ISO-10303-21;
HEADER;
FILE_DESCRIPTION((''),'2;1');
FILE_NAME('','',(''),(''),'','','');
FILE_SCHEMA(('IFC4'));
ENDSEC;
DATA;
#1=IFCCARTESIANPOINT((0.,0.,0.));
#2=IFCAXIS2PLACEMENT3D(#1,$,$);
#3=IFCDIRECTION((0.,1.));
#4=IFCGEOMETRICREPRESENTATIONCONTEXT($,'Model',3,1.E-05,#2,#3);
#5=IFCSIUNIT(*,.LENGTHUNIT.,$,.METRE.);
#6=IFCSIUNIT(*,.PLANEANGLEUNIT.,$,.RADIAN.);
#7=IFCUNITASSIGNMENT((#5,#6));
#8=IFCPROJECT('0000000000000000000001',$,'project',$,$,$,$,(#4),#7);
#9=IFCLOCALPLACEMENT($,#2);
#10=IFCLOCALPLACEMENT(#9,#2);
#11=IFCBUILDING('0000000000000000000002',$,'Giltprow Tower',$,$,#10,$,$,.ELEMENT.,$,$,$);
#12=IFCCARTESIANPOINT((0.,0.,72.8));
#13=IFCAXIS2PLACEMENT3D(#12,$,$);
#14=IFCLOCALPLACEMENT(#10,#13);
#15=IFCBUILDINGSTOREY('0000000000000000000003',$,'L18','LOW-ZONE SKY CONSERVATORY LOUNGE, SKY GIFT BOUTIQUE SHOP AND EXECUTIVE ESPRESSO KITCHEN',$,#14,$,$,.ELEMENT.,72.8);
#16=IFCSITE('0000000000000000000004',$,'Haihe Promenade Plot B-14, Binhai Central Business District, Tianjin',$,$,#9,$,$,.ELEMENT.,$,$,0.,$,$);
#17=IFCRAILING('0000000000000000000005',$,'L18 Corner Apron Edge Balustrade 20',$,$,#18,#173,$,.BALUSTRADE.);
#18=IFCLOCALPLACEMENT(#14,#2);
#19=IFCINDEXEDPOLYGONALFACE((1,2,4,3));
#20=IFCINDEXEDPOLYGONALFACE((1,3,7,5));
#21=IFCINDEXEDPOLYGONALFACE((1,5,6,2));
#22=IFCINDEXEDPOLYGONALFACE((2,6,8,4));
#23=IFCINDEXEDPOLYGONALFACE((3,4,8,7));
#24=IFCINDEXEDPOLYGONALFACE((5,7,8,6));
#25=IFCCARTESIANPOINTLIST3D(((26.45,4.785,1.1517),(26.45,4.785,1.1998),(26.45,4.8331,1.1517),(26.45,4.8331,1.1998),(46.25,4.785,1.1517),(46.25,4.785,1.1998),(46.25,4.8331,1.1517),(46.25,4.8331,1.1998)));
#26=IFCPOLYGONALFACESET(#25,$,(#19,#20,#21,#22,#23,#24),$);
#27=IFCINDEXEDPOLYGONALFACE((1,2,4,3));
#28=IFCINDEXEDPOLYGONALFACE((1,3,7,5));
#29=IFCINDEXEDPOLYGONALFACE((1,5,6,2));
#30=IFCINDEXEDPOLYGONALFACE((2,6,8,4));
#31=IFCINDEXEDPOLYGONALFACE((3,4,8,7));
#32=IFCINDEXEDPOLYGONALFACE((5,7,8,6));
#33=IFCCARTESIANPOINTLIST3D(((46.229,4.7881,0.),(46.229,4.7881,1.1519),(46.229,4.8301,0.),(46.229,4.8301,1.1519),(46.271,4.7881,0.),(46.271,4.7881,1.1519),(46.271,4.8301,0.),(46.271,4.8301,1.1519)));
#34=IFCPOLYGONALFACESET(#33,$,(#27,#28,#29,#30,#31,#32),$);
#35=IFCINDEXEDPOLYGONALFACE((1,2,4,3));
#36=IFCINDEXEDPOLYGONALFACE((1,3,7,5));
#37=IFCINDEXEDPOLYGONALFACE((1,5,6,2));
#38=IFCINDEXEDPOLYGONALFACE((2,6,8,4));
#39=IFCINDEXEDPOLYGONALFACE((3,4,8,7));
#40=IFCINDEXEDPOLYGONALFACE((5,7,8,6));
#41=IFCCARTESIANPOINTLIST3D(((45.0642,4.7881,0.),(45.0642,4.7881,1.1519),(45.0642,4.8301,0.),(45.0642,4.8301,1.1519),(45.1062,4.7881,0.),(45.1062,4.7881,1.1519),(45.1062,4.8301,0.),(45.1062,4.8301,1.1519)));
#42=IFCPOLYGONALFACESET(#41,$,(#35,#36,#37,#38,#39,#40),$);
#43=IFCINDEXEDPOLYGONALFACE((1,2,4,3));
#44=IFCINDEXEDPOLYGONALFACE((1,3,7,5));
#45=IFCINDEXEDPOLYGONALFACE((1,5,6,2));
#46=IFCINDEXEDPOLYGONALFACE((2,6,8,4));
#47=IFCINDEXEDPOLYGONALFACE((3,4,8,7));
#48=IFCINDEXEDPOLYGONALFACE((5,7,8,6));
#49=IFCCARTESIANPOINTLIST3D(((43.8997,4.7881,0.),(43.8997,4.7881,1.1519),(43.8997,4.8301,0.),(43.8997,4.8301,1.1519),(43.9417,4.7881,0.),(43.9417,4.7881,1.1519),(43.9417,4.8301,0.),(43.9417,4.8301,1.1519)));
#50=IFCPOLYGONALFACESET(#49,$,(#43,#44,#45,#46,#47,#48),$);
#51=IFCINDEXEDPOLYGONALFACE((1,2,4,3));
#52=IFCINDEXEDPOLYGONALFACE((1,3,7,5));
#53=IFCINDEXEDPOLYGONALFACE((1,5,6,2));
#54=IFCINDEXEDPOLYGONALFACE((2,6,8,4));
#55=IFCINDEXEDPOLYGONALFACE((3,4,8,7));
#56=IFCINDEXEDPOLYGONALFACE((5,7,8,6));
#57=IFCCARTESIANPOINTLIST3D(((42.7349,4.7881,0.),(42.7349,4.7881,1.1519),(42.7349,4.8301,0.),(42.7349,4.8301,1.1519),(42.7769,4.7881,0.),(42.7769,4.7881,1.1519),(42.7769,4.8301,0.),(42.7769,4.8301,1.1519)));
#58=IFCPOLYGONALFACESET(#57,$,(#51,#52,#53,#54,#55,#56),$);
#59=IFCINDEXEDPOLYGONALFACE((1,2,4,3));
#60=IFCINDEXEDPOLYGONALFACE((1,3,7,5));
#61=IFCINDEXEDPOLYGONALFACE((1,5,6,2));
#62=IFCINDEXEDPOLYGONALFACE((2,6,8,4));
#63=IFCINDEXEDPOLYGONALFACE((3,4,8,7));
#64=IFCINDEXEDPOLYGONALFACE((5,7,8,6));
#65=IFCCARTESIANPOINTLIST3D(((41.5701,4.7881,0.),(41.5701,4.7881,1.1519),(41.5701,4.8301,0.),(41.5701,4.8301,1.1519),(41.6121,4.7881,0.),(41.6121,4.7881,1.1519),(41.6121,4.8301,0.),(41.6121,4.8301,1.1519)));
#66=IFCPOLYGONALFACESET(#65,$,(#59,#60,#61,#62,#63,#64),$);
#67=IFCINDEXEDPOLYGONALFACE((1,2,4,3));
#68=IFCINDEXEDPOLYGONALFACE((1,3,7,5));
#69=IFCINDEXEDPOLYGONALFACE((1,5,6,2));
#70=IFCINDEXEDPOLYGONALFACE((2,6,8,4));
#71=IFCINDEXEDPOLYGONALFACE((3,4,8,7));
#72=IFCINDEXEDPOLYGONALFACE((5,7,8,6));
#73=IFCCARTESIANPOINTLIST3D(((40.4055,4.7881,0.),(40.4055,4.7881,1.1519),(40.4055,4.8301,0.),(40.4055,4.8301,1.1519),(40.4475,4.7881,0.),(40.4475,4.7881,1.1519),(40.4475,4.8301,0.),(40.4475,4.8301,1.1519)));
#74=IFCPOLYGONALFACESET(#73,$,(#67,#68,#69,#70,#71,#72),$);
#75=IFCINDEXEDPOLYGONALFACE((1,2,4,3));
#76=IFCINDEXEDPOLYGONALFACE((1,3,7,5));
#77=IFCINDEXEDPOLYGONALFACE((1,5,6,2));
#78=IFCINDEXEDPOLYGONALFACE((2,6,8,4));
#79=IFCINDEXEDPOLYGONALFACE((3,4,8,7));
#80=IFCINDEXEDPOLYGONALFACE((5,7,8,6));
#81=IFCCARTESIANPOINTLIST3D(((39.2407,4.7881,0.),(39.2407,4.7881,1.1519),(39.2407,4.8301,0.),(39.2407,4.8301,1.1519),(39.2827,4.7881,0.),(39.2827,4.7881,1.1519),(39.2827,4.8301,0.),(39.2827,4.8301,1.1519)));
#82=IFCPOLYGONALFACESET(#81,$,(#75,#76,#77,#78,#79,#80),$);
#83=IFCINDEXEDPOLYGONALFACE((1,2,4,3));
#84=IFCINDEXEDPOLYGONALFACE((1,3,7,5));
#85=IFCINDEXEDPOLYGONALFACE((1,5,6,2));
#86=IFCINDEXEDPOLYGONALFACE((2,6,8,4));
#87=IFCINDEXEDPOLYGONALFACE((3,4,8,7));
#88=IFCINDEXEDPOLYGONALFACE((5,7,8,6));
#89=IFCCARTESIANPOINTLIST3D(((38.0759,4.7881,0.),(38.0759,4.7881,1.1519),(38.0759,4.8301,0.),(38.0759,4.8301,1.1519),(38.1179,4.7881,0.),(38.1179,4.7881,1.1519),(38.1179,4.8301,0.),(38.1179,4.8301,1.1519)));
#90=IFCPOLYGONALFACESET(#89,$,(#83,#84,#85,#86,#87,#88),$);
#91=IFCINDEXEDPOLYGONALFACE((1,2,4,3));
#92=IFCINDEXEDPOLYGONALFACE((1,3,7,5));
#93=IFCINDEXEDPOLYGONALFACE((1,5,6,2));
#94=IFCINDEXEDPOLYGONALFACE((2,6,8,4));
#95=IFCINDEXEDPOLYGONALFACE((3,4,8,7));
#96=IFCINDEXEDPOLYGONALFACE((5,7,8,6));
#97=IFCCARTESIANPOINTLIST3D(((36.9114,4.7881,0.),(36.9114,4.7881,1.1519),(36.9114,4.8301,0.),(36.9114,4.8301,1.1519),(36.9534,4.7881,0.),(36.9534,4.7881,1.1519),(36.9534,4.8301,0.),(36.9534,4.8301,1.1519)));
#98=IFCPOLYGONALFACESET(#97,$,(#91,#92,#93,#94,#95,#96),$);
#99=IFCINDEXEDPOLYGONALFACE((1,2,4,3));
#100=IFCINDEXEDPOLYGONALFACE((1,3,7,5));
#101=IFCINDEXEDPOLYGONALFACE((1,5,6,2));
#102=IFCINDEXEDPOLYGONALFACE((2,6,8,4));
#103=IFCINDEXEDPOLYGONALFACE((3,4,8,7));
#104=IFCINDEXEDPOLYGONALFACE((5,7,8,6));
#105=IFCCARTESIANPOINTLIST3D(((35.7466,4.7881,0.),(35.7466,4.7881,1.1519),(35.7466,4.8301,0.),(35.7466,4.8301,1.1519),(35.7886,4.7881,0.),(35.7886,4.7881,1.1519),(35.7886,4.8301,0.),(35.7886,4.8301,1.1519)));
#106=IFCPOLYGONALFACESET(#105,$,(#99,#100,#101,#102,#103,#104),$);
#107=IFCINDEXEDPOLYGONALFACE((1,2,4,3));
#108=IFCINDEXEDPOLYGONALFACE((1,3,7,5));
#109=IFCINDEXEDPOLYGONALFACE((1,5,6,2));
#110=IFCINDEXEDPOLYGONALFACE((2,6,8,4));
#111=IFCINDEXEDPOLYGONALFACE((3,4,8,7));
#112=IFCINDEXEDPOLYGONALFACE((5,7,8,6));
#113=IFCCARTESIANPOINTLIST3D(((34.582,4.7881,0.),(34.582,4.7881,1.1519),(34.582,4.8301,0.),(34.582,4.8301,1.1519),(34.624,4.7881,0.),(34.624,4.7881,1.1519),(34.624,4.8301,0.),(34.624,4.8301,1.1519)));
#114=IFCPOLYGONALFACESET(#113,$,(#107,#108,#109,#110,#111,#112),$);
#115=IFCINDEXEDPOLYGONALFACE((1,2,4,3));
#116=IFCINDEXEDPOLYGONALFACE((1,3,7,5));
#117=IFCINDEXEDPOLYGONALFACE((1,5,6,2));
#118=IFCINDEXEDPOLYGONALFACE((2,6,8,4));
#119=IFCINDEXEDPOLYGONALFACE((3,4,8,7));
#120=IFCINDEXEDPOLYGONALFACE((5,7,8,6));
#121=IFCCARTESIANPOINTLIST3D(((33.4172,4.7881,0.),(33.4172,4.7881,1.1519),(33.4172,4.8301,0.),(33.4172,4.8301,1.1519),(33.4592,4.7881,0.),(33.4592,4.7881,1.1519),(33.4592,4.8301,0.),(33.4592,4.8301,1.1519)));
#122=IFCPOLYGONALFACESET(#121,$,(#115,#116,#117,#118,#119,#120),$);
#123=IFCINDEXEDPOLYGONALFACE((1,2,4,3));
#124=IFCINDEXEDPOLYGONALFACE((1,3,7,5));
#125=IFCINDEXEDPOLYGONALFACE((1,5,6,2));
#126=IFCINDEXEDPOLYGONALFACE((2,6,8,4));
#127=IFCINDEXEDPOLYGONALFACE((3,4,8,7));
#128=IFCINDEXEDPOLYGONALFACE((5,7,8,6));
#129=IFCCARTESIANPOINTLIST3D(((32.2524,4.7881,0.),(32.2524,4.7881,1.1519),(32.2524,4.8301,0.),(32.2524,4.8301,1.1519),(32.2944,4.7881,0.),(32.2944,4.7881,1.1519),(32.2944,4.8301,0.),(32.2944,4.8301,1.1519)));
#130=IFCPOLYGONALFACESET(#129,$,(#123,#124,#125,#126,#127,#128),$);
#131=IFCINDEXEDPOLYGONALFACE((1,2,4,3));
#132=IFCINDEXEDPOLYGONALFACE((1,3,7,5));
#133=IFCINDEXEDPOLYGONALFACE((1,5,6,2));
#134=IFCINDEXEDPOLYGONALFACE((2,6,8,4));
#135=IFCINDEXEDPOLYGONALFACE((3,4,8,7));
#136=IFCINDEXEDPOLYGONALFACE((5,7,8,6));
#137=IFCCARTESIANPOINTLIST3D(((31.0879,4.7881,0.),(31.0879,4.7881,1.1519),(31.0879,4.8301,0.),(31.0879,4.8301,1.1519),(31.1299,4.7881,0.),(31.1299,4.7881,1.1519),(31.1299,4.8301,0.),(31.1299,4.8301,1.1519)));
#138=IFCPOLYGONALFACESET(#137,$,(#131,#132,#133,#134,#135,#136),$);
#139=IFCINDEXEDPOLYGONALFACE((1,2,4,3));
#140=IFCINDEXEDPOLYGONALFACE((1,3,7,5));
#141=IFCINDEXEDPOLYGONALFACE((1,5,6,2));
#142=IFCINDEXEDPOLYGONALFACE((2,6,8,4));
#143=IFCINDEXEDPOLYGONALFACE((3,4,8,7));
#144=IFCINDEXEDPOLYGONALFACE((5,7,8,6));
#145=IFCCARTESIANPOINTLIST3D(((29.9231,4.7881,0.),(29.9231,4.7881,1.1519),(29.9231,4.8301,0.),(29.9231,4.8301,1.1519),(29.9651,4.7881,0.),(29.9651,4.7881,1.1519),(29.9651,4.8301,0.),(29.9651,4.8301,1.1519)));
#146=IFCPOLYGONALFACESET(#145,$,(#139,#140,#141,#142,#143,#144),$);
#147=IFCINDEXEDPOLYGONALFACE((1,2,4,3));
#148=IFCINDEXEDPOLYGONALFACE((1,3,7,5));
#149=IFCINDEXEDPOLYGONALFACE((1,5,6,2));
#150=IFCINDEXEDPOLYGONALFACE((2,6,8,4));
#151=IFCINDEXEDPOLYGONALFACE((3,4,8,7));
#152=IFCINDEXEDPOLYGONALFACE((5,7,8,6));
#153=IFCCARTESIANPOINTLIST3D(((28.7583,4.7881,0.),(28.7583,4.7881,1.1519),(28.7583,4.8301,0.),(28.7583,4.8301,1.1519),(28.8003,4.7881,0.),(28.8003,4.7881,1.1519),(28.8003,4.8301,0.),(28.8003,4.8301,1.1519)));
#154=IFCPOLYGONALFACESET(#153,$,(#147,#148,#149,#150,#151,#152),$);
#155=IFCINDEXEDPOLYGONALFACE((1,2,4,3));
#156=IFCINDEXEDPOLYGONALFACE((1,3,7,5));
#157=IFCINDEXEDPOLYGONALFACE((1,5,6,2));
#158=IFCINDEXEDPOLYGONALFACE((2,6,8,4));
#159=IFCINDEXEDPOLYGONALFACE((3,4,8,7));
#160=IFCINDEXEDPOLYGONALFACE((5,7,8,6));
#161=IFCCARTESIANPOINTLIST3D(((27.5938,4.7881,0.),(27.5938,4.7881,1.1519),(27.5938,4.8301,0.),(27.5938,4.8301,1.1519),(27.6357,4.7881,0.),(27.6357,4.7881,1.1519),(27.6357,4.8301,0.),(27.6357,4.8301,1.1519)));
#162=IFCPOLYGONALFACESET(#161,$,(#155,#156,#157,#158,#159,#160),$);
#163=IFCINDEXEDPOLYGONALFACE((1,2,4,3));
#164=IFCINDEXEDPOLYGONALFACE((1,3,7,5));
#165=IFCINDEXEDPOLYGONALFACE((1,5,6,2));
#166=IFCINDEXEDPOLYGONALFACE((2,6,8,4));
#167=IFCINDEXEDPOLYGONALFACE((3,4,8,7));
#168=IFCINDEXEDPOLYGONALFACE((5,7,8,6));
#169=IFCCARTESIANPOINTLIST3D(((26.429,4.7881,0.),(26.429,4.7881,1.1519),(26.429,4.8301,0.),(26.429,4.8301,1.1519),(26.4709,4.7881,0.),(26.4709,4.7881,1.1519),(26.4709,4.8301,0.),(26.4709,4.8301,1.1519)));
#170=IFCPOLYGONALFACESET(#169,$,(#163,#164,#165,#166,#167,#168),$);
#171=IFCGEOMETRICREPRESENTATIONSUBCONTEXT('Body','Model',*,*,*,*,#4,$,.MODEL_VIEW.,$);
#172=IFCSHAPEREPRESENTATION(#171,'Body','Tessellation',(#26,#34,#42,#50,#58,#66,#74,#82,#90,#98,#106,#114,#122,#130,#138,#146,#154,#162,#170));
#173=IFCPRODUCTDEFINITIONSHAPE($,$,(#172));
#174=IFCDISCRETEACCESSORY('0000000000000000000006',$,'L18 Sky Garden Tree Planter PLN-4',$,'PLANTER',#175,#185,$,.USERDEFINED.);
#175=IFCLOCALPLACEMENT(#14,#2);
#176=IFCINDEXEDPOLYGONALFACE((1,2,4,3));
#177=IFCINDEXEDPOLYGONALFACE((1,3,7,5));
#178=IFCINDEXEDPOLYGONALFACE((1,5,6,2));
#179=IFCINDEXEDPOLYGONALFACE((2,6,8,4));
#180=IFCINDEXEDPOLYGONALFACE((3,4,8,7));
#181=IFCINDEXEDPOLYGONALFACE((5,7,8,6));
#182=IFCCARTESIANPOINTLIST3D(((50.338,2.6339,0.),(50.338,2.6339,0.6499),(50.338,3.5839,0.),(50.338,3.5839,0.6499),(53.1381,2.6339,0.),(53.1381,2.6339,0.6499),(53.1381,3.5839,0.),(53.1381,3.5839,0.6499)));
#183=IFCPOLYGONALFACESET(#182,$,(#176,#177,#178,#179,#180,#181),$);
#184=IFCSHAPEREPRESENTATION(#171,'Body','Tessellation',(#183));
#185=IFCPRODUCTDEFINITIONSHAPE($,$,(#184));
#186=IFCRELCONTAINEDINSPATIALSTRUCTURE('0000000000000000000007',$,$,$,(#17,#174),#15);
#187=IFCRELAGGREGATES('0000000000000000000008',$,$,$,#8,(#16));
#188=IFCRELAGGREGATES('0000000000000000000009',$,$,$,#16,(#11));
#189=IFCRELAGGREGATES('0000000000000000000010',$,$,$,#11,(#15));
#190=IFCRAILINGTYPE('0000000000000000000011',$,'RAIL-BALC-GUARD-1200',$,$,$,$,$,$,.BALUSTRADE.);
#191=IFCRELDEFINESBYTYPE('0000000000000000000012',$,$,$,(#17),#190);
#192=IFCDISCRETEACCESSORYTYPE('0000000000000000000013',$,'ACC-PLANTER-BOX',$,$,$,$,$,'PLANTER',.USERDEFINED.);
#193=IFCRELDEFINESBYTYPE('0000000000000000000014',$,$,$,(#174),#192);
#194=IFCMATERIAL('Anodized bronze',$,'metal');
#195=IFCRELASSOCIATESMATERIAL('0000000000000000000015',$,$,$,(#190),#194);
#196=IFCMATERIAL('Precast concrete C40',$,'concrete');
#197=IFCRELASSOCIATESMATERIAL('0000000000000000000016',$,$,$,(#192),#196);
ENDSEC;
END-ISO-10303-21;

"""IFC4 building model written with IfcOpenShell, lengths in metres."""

from ifc_helpers import new_model, si_unit, direction, frame, origin, origin_2d, place, context, subcontext, project, spatial, rectangle, extrude, source, transform, mapped, material, type_object, element, save


model = new_model("IFC4")

# Units and contexts
model_context = context("Model", 3, precision=1e-05, world=origin(), true_north=direction((0.0, 1.0)))
body_context = subcontext(model_context, "Body", "Model", "MODEL_VIEW")
ifc_project = project(units=[si_unit("LENGTHUNIT", "METRE"), si_unit("PLANEANGLEUNIT", "RADIAN")], contexts=[model_context])

# Site, building, storey
site_placement = place(None, origin())
site = spatial("IfcSite", under=ifc_project, at=site_placement, Name="Haihe Promenade Plot B-14, Binhai Central Business District, Tianjin", CompositionType="ELEMENT", RefElevation=0.0)
building_placement = place(site_placement, origin())
building = spatial("IfcBuilding", under=site, at=building_placement, Name="Giltprow Tower", CompositionType="ELEMENT")
storey_placement = place(building_placement, frame((0.0, 0.0, 72.8)))
storey = spatial("IfcBuildingStorey", under=building, at=storey_placement, Name="L18", Description="LOW-ZONE SKY CONSERVATORY LOUNGE, SKY GIFT BOUTIQUE SHOP AND EXECUTIVE ESPRESSO KITCHEN", CompositionType="ELEMENT", Elevation=72.8)

# Shared definitions
ifc_material_1 = material(Name="Anodized bronze", Category="metal")

# Railing
railing_type = type_object("IfcRailingType", Name="RAIL-BALC-GUARD-1200", PredefinedType="BALUSTRADE", material=ifc_material_1)
railing_placement = place(storey_placement, frame((46.25, 4.8091, 0.0)))
element("IfcRailing", 1, at=railing_placement, inside=storey, type_object=railing_type, Name="L18 Corner Apron Edge Balustrade 20", PredefinedType="BALUSTRADE", context=body_context, shape_type="SweptSolid", body=[
    extrude(rectangle(XDim=0.0481, YDim=0.0481, at=origin_2d()), frame((0.0, 0.0, 1.1758), z_axis=(-1.0, 0.0, 0.0), x_axis=(0.0, -1.0, 0.0)), (0.0, 0.0, 1.0), 19.8),
    extrude(rectangle(XDim=0.042, YDim=0.042, at=origin_2d()), origin(), (0.0, 0.0, 1.0), 1.1519),
    extrude(rectangle(XDim=0.042, YDim=0.042, at=origin_2d()), frame((-1.1648, 0.0, 0.0)), (0.0, 0.0, 1.0), 1.1519),
    extrude(rectangle(XDim=0.042, YDim=0.042, at=origin_2d()), frame((-2.3293, 0.0, 0.0)), (0.0, 0.0, 1.0), 1.1519),
    extrude(rectangle(XDim=0.042, YDim=0.042, at=origin_2d()), frame((-3.4941, 0.0, 0.0)), (0.0, 0.0, 1.0), 1.1519),
    extrude(rectangle(XDim=0.042, YDim=0.042, at=origin_2d()), frame((-4.6589, 0.0, 0.0)), (0.0, 0.0, 1.0), 1.1519),
    extrude(rectangle(XDim=0.042, YDim=0.042, at=origin_2d()), frame((-5.8235, 0.0, 0.0)), (0.0, 0.0, 1.0), 1.1519),
    extrude(rectangle(XDim=0.042, YDim=0.042, at=origin_2d()), frame((-6.9883, 0.0, 0.0)), (0.0, 0.0, 1.0), 1.1519),
    extrude(rectangle(XDim=0.042, YDim=0.042, at=origin_2d()), frame((-8.1531, 0.0, 0.0)), (0.0, 0.0, 1.0), 1.1519),
    extrude(rectangle(XDim=0.042, YDim=0.042, at=origin_2d()), frame((-9.3176, 0.0, 0.0)), (0.0, 0.0, 1.0), 1.1519),
    extrude(rectangle(XDim=0.042, YDim=0.042, at=origin_2d()), frame((-10.4824, 0.0, 0.0)), (0.0, 0.0, 1.0), 1.1519),
    extrude(rectangle(XDim=0.042, YDim=0.042, at=origin_2d()), frame((-11.647, 0.0, 0.0)), (0.0, 0.0, 1.0), 1.1519),
    extrude(rectangle(XDim=0.042, YDim=0.042, at=origin_2d()), frame((-12.8118, 0.0, 0.0)), (0.0, 0.0, 1.0), 1.1519),
    extrude(rectangle(XDim=0.042, YDim=0.042, at=origin_2d()), frame((-13.9766, 0.0, 0.0)), (0.0, 0.0, 1.0), 1.1519),
    extrude(rectangle(XDim=0.042, YDim=0.042, at=origin_2d()), frame((-15.1411, 0.0, 0.0)), (0.0, 0.0, 1.0), 1.1519),
    extrude(rectangle(XDim=0.042, YDim=0.042, at=origin_2d()), frame((-16.3059, 0.0, 0.0)), (0.0, 0.0, 1.0), 1.1519),
    extrude(rectangle(XDim=0.042, YDim=0.042, at=origin_2d()), frame((-17.4707, 0.0, 0.0)), (0.0, 0.0, 1.0), 1.1519),
    extrude(rectangle(XDim=0.042, YDim=0.042, at=origin_2d()), frame((-18.6353, 0.0, 0.0)), (0.0, 0.0, 1.0), 1.1519),
    extrude(rectangle(XDim=0.042, YDim=0.042, at=origin_2d()), frame((-19.8, 0.0, 0.0)), (0.0, 0.0, 1.0), 1.1519),
])

# Discrete accessory
ifc_material_2 = material(Name="Precast concrete C40", Category="concrete")
discrete_accessory_type = type_object("IfcDiscreteAccessoryType", Name="ACC-PLANTER-BOX", ElementType="PLANTER", PredefinedType="USERDEFINED", material=ifc_material_2)
shared_shape_1 = source(origin(), body_context, "Body", "SweptSolid", [
    extrude(rectangle(XDim=2.8, YDim=0.95, at=origin_2d()), origin(), (0.0, 0.0, 1.0), 0.6499),
])
discrete_accessory_placement = place(storey_placement, frame((51.738, 3.1089, 0.0), z_axis=(0.0, 0.0, 1.0), x_axis=(1.0, 0.0, 0.0)))
element("IfcDiscreteAccessory", 2, at=discrete_accessory_placement, inside=storey, type_object=discrete_accessory_type, Name="L18 Sky Garden Tree Planter PLN-4", ObjectType="PLANTER", PredefinedType="USERDEFINED", context=body_context, shape_type="MappedRepresentation", body=[
    mapped(shared_shape_1, transform((0.0, 0.0, 0.0), x_axis=(1.0, 0.0, 0.0), y_axis=(0.0, 1.0, 0.0), z_axis=(0.0, 0.0, 1.0), scale=1.0)),
])

save(model, "model.ifc")
